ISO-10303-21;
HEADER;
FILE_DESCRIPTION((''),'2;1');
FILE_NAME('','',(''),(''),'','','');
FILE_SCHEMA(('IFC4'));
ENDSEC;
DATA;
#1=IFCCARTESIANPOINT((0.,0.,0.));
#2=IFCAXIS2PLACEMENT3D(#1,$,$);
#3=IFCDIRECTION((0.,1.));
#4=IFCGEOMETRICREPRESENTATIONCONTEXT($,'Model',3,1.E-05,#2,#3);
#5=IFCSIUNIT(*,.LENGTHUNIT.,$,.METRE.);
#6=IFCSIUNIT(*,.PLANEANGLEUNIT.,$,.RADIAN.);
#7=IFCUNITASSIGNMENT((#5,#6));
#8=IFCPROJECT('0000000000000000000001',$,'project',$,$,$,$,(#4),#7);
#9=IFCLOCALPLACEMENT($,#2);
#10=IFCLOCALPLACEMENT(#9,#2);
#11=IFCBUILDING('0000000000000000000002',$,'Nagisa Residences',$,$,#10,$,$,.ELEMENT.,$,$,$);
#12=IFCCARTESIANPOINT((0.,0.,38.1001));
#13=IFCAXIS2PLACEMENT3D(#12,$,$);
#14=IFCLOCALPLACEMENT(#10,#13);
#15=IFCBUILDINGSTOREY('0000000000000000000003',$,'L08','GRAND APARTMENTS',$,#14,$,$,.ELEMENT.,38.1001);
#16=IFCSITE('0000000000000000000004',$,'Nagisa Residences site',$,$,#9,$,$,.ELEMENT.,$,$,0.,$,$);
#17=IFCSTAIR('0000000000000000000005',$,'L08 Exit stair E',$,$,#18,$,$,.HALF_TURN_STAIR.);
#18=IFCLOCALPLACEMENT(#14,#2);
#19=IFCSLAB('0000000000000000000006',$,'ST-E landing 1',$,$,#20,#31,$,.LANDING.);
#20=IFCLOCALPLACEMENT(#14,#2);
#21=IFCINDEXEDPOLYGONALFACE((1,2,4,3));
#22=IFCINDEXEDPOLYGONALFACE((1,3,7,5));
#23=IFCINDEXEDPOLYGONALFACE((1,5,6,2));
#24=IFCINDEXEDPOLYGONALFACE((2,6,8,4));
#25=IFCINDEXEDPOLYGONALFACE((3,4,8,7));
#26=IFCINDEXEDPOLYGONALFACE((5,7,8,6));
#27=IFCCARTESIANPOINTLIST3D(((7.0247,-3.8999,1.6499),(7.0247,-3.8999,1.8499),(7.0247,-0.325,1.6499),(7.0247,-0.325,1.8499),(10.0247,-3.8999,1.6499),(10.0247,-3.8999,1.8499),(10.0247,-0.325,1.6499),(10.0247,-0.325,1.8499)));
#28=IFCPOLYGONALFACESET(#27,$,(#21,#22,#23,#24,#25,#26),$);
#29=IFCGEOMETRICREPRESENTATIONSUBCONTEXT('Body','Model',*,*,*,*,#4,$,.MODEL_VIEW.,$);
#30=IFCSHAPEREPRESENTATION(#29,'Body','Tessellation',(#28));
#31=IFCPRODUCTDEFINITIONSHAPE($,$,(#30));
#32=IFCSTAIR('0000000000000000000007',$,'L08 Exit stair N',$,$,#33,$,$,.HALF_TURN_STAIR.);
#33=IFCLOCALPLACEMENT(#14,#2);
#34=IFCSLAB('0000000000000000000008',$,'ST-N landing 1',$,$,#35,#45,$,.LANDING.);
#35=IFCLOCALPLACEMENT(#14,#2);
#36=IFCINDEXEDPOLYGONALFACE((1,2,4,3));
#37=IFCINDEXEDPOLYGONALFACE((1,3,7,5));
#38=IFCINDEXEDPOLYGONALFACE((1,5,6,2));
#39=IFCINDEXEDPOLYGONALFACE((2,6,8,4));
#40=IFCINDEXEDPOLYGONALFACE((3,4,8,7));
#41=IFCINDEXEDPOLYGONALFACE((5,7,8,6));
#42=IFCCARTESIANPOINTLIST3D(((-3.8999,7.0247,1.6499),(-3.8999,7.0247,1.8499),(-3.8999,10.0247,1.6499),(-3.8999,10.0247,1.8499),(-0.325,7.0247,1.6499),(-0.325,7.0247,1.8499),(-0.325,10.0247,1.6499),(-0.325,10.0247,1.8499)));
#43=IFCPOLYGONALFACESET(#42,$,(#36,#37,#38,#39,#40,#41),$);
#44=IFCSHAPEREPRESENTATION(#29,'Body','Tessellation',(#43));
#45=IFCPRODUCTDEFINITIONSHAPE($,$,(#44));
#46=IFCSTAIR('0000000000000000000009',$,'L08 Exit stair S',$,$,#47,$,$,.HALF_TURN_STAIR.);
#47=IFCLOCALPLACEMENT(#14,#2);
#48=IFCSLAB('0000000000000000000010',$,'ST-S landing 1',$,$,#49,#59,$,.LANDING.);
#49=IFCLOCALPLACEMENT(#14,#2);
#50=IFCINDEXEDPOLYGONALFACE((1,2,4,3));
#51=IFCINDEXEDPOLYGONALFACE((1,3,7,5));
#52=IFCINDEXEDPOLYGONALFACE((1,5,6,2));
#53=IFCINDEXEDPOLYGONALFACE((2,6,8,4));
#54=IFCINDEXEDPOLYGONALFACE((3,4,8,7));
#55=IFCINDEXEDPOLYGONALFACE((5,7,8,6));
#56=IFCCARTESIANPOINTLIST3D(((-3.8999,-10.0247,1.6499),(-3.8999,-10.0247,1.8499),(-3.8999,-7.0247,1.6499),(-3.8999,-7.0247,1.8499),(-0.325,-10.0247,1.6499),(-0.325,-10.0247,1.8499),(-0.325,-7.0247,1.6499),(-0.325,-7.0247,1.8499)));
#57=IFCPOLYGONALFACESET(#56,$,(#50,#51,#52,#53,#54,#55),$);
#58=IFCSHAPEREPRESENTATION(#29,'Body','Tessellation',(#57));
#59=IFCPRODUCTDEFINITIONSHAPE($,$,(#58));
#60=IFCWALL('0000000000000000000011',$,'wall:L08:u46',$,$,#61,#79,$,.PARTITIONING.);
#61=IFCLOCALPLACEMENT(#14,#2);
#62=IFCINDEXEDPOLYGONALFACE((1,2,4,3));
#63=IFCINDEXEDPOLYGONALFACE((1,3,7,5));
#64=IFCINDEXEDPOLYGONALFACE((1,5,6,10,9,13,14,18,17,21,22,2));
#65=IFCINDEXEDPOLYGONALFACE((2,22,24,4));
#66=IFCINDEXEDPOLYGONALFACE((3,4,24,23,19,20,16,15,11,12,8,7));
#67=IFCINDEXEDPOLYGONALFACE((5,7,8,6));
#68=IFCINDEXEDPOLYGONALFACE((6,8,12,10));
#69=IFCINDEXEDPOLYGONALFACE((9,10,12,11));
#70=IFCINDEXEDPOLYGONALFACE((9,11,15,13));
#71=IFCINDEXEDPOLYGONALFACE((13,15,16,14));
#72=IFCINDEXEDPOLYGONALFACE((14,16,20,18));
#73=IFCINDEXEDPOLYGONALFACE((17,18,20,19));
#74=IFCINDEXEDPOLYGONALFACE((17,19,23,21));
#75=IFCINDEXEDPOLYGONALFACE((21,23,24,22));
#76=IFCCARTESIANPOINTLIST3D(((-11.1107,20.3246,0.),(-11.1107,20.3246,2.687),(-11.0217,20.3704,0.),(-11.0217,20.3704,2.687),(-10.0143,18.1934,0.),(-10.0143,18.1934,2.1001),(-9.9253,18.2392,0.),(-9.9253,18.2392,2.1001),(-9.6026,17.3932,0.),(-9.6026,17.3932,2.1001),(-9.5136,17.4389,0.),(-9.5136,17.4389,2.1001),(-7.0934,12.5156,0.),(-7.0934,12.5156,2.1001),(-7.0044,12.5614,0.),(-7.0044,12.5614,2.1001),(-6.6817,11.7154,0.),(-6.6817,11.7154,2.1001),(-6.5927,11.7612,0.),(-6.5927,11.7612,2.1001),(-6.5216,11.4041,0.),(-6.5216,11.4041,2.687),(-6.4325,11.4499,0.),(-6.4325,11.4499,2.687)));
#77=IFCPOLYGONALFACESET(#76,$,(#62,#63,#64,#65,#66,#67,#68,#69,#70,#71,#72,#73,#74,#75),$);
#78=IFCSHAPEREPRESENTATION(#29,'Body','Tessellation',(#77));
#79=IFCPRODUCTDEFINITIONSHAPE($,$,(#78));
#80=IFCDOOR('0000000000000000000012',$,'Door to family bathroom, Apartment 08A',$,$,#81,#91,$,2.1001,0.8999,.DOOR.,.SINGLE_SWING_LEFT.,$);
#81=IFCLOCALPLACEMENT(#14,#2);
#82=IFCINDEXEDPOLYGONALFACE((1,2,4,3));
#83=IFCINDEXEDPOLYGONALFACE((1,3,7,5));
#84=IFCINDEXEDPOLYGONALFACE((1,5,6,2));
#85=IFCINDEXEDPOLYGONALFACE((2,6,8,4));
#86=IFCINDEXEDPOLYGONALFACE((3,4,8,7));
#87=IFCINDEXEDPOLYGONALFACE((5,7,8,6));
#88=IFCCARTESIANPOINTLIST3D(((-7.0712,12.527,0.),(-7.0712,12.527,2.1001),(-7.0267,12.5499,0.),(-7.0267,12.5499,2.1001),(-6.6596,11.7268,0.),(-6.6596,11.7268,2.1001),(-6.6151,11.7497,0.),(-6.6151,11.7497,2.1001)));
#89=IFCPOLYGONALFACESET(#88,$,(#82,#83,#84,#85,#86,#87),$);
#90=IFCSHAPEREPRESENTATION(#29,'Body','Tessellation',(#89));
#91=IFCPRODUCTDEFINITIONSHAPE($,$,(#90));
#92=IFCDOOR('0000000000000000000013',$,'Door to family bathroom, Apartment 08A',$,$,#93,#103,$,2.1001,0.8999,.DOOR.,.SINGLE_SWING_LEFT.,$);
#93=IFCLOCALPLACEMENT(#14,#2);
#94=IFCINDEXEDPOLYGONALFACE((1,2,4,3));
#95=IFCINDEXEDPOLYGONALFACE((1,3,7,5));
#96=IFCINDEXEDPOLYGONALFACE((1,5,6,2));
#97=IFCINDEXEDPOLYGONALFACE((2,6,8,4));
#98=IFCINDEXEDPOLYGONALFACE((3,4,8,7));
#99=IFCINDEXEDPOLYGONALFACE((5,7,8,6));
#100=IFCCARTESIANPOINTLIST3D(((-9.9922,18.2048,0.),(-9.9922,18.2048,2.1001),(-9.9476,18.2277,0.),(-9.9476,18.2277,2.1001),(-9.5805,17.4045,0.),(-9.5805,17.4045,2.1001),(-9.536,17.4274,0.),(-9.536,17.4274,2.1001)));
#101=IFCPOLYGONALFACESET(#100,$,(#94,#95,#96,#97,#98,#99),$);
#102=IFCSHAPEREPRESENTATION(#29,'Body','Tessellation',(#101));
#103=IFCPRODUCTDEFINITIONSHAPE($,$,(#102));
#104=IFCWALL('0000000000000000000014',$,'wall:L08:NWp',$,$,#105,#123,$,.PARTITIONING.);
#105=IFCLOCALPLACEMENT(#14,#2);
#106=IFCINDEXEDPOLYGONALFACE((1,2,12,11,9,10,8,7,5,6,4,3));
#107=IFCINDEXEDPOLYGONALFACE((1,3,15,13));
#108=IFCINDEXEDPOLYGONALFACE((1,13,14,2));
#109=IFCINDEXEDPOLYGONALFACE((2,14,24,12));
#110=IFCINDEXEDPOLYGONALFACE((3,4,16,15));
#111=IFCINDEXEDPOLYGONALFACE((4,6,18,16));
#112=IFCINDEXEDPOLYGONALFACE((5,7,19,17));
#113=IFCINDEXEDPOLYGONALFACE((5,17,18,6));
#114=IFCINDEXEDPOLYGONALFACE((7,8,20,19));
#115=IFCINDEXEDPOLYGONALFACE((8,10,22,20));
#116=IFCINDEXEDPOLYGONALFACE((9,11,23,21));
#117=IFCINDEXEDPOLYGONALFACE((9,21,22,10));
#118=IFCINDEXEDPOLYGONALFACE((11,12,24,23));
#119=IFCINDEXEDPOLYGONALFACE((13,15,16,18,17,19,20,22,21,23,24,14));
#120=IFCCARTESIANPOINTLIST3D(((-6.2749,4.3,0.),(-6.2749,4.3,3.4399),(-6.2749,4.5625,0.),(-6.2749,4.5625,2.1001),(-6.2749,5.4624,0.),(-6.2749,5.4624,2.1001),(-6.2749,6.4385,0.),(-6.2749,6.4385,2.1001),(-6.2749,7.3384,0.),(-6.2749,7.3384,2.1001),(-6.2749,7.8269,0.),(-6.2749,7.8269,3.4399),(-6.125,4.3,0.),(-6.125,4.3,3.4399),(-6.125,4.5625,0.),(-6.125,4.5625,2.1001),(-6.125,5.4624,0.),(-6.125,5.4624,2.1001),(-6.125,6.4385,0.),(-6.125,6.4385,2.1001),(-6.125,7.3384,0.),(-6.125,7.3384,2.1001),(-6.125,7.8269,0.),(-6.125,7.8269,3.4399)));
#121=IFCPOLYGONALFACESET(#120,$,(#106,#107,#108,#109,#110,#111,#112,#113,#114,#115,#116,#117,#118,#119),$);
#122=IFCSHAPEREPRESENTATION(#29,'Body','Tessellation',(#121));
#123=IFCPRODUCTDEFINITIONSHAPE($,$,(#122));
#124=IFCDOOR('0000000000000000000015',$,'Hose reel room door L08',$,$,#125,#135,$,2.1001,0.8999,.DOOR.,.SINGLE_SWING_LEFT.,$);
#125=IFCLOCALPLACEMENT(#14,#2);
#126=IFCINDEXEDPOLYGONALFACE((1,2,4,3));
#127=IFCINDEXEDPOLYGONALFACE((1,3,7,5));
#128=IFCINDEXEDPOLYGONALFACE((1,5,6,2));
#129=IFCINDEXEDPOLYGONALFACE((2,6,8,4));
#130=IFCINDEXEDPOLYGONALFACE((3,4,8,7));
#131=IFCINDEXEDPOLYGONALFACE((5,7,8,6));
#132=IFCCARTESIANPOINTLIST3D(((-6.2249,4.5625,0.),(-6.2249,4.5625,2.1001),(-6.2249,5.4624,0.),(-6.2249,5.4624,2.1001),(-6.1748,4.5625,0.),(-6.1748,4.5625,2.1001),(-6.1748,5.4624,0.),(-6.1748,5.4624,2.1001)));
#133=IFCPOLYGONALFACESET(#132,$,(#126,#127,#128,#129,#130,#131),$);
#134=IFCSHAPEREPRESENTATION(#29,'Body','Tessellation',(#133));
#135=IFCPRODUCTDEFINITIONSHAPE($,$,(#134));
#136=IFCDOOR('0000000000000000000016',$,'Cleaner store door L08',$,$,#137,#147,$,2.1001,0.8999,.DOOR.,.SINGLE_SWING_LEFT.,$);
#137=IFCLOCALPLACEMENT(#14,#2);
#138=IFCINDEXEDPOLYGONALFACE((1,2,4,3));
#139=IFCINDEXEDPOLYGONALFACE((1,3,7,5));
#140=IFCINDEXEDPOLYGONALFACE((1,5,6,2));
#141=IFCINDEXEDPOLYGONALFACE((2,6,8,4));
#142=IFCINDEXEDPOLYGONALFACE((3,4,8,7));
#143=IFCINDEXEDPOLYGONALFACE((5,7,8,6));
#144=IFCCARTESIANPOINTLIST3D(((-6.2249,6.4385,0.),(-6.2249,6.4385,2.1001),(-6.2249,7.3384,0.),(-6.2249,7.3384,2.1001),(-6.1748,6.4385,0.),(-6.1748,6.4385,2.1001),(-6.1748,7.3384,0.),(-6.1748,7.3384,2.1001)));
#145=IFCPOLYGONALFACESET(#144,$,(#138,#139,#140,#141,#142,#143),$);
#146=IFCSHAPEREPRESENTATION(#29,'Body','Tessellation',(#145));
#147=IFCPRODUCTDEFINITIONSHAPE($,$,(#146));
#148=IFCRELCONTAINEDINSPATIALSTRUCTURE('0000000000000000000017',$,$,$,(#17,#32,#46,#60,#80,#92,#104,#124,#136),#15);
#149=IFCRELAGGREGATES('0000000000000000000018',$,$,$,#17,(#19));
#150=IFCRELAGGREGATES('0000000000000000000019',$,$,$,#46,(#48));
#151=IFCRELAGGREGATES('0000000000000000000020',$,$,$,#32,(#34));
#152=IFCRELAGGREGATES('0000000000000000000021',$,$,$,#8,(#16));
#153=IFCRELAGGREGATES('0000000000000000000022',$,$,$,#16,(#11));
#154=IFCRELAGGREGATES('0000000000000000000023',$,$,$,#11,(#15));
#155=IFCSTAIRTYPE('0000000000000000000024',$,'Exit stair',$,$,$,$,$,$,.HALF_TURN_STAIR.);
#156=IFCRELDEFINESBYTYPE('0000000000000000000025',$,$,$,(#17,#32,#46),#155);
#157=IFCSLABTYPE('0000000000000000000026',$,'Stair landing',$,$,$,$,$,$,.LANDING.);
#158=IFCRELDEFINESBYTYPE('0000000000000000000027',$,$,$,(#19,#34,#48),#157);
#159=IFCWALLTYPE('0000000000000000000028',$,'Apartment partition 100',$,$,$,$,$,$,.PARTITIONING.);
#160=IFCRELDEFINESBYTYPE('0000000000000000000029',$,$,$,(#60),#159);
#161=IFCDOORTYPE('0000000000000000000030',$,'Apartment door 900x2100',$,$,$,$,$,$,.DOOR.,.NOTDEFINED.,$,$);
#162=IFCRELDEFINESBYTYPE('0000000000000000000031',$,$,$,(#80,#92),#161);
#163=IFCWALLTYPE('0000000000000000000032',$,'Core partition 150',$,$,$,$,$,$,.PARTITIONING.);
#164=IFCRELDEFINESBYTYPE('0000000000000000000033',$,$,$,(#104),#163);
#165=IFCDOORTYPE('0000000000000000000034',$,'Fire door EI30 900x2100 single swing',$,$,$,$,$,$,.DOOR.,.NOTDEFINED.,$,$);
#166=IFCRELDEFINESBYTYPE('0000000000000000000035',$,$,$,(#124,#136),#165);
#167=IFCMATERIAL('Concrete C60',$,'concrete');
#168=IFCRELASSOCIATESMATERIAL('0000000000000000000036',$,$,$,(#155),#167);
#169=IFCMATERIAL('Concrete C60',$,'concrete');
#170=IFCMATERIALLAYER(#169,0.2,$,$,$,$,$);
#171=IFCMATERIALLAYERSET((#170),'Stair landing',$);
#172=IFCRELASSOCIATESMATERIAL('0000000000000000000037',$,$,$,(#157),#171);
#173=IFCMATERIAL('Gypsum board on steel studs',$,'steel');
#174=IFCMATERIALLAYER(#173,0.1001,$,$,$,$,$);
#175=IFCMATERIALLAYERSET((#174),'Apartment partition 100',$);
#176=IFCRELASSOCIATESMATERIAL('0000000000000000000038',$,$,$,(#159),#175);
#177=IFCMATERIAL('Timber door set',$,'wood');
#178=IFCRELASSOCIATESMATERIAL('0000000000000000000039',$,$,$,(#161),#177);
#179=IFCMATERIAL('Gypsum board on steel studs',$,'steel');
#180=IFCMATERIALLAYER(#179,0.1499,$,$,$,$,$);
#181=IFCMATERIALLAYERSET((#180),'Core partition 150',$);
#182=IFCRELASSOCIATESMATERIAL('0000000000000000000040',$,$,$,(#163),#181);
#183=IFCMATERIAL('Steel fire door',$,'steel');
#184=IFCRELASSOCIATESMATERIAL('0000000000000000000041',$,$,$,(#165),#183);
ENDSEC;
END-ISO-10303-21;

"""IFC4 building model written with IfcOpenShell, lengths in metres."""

from ifc_helpers import new_model, si_unit, direction, frame, frame_2d, origin, place, context, subcontext, project, spatial, polyline, rectangle, outline, extrude, material, layer, layer_set, type_object, element, fill, aggregate, save


model = new_model("IFC4")

# Units and contexts
model_context = context("Model", 3, precision=1e-05, world=origin(), true_north=direction((0.0, 1.0)))
body_context = subcontext(model_context, "Body", "Model", "MODEL_VIEW")
ifc_project = project(units=[si_unit("LENGTHUNIT", "METRE"), si_unit("PLANEANGLEUNIT", "RADIAN")], contexts=[model_context])

# Site, building, storey
site_placement = place(None, origin())
site = spatial("IfcSite", under=ifc_project, at=site_placement, Name="Nagisa Residences site", CompositionType="ELEMENT", RefElevation=0.0)
building_placement = place(site_placement, origin())
building = spatial("IfcBuilding", under=site, at=building_placement, Name="Nagisa Residences", CompositionType="ELEMENT")
storey_placement = place(building_placement, frame((0.0, 0.0, 38.1001)))
storey = spatial("IfcBuildingStorey", under=building, at=storey_placement, Name="L08", Description="GRAND APARTMENTS", CompositionType="ELEMENT", Elevation=38.1001)

# Stairs, slabs
ifc_material_1 = material(Name="Concrete C60", Category="concrete")
stair_type = type_object("IfcStairType", Name="Exit stair", PredefinedType="HALF_TURN_STAIR", material=ifc_material_1)
stair_1_placement = place(storey_placement, origin())
stair_1 = element("IfcStair", 1, at=stair_1_placement, inside=storey, type_object=stair_type, Name="L08 Exit stair E", PredefinedType="HALF_TURN_STAIR")
ifc_material_2 = material(Name="Concrete C60", Category="concrete")
ifc_layer_1 = layer(ifc_material_2, 0.2)
ifc_layer_set_1 = layer_set([ifc_layer_1], Name="Stair landing")
slab_type = type_object("IfcSlabType", Name="Stair landing", PredefinedType="LANDING", material=ifc_layer_set_1)
slab_1_placement = place(storey_placement, frame((0.0, 0.0, 1.6499)))
slab_1 = element("IfcSlab", 2, at=slab_1_placement, type_object=slab_type, Name="ST-E landing 1", PredefinedType="LANDING", context=body_context, shape_type="SweptSolid", body=[
    extrude(outline(polyline([(7.0247, -0.325), (7.0247, -3.8999), (10.0247, -3.8999), (10.0247, -0.325), (7.0247, -0.325)])), origin(), (0.0, 0.0, 1.0), 0.2),
])
aggregate(stair_1, [slab_1])
stair_2_placement = place(storey_placement, origin())
stair_2 = element("IfcStair", 3, at=stair_2_placement, inside=storey, type_object=stair_type, Name="L08 Exit stair N", PredefinedType="HALF_TURN_STAIR")
slab_2_placement = place(storey_placement, frame((0.0, 0.0, 1.6499)))
slab_2 = element("IfcSlab", 4, at=slab_2_placement, type_object=slab_type, Name="ST-N landing 1", PredefinedType="LANDING", context=body_context, shape_type="SweptSolid", body=[
    extrude(outline(polyline([(-0.325, 10.0247), (-3.8999, 10.0247), (-3.8999, 7.0247), (-0.325, 7.0247), (-0.325, 10.0247)])), origin(), (0.0, 0.0, 1.0), 0.2),
])
stair_3_placement = place(storey_placement, origin())
stair_3 = element("IfcStair", 5, at=stair_3_placement, inside=storey, type_object=stair_type, Name="L08 Exit stair S", PredefinedType="HALF_TURN_STAIR")
slab_3_placement = place(storey_placement, frame((0.0, 0.0, 1.6499)))
slab_3 = element("IfcSlab", 6, at=slab_3_placement, type_object=slab_type, Name="ST-S landing 1", PredefinedType="LANDING", context=body_context, shape_type="SweptSolid", body=[
    extrude(outline(polyline([(-0.325, -7.0247), (-3.8999, -7.0247), (-3.8999, -10.0247), (-0.325, -10.0247), (-0.325, -7.0247)])), origin(), (0.0, 0.0, 1.0), 0.2),
])
aggregate(stair_3, [slab_3])

# Walls, openings, doors
ifc_material_3 = material(Name="Gypsum board on steel studs", Category="steel")
ifc_layer_2 = layer(ifc_material_3, 0.1001)
ifc_layer_set_2 = layer_set([ifc_layer_2], Name="Apartment partition 100")
wall_type_1 = type_object("IfcWallType", Name="Apartment partition 100", PredefinedType="PARTITIONING", material=ifc_layer_set_2)
wall_1_placement = place(storey_placement, frame((-6.4771, 11.427, 0.0), z_axis=(0.0, 0.0, 1.0), x_axis=(-0.457464, 0.889228, 0.0)))
wall_1 = element("IfcWall", 7, at=wall_1_placement, inside=storey, type_object=wall_type_1, Name="wall:L08:u46", PredefinedType="PARTITIONING", context=body_context, shape_type="SweptSolid", body=[
    extrude(rectangle(XDim=10.0317, YDim=0.1001, at=frame_2d((5.0159, 0.0))), origin(), (0.0, 0.0, 1.0), 2.687),
])
opening_1_placement = place(wall_1_placement, frame((0.3501, 0.0, 0.0)))
opening_1 = element("IfcOpeningElement", 8, at=opening_1_placement, cuts=wall_1, PredefinedType="OPENING", context=body_context, shape_type="SweptSolid", body=[
    extrude(rectangle(XDim=0.8999, YDim=2.1001, at=frame_2d((0.45, 1.05))), frame((0.0, 0.0601, 0.0), z_axis=(0.0, -1.0, 0.0), x_axis=(1.0, 0.0, 0.0)), (0.0, 0.0, 1.0), 0.1201),
])
opening_2_placement = place(wall_1_placement, frame((6.7351, 0.0, 0.0)))
opening_2 = element("IfcOpeningElement", 9, at=opening_2_placement, cuts=wall_1, PredefinedType="OPENING", context=body_context, shape_type="SweptSolid", body=[
    extrude(rectangle(XDim=0.8999, YDim=2.1001, at=frame_2d((0.45, 1.05))), frame((0.0, 0.0601, 0.0), z_axis=(0.0, -1.0, 0.0), x_axis=(1.0, 0.0, 0.0)), (0.0, 0.0, 1.0), 0.1201),
])
ifc_material_4 = material(Name="Timber door set", Category="wood")
door_type_1 = type_object("IfcDoorType", Name="Apartment door 900x2100", OperationType="NOTDEFINED", PredefinedType="DOOR", material=ifc_material_4)
door_1_placement = place(opening_1_placement, frame((0.8999, 0.0, 0.0), x_axis=(-1.0, 0.0, 0.0)))
door_1 = element("IfcDoor", 10, at=door_1_placement, inside=storey, type_object=door_type_1, Name="Door to family bathroom, Apartment 08A", OperationType="SINGLE_SWING_LEFT", OverallHeight=2.1001, OverallWidth=0.8999, PredefinedType="DOOR", context=body_context, shape_type="SweptSolid", body=[
    extrude(rectangle(XDim=0.8999, YDim=2.1001, at=frame_2d((0.45, 1.05))), frame((0.0, 0.0249, 0.0), z_axis=(0.0, -1.0, 0.0), x_axis=(1.0, 0.0, 0.0)), (0.0, 0.0, 1.0), 0.05),
])
fill(opening_1, door_1)
door_2_placement = place(opening_2_placement, frame((0.8999, 0.0, 0.0), x_axis=(-1.0, 0.0, 0.0)))
door_2 = element("IfcDoor", 11, at=door_2_placement, inside=storey, type_object=door_type_1, Name="Door to family bathroom, Apartment 08A", OperationType="SINGLE_SWING_LEFT", OverallHeight=2.1001, OverallWidth=0.8999, PredefinedType="DOOR", context=body_context, shape_type="SweptSolid", body=[
    extrude(rectangle(XDim=0.8999, YDim=2.1001, at=frame_2d((0.45, 1.05))), frame((0.0, 0.0249, 0.0), z_axis=(0.0, -1.0, 0.0), x_axis=(1.0, 0.0, 0.0)), (0.0, 0.0, 1.0), 0.05),
])
fill(opening_2, door_2)
ifc_material_5 = material(Name="Gypsum board on steel studs", Category="steel")
ifc_layer_3 = layer(ifc_material_5, 0.1499)
ifc_layer_set_3 = layer_set([ifc_layer_3], Name="Core partition 150")
wall_type_2 = type_object("IfcWallType", Name="Core partition 150", PredefinedType="PARTITIONING", material=ifc_layer_set_3)
wall_2_placement = place(storey_placement, frame((-6.2, 4.3, 0.0), z_axis=(0.0, 0.0, 1.0), x_axis=(0.0, 1.0, 0.0)))
wall_2 = element("IfcWall", 12, at=wall_2_placement, inside=storey, type_object=wall_type_2, Name="wall:L08:NWp", PredefinedType="PARTITIONING", context=body_context, shape_type="SweptSolid", body=[
    extrude(rectangle(XDim=3.5269, YDim=0.1499, at=frame_2d((1.7634, 0.0))), origin(), (0.0, 0.0, 1.0), 3.4399),
])
opening_3_placement = place(wall_2_placement, frame((0.2625, 0.0, 0.0)))
opening_3 = element("IfcOpeningElement", 13, at=opening_3_placement, cuts=wall_2, PredefinedType="OPENING", context=body_context, shape_type="SweptSolid", body=[
    extrude(rectangle(XDim=0.8999, YDim=2.1001, at=frame_2d((0.45, 1.05))), frame((0.0, 0.085, 0.0), z_axis=(0.0, -1.0, 0.0), x_axis=(1.0, 0.0, 0.0)), (0.0, 0.0, 1.0), 0.1699),
])
opening_4_placement = place(wall_2_placement, frame((2.1384, 0.0, 0.0)))
opening_4 = element("IfcOpeningElement", 14, at=opening_4_placement, cuts=wall_2, PredefinedType="OPENING", context=body_context, shape_type="SweptSolid", body=[
    extrude(rectangle(XDim=0.8999, YDim=2.1001, at=frame_2d((0.45, 1.05))), frame((0.0, 0.085, 0.0), z_axis=(0.0, -1.0, 0.0), x_axis=(1.0, 0.0, 0.0)), (0.0, 0.0, 1.0), 0.1699),
])
ifc_material_6 = material(Name="Steel fire door", Category="steel")
door_type_2 = type_object("IfcDoorType", Name="Fire door EI30 900x2100 single swing", OperationType="NOTDEFINED", PredefinedType="DOOR", material=ifc_material_6)
door_3_placement = place(opening_3_placement, origin())
door_3 = element("IfcDoor", 15, at=door_3_placement, inside=storey, type_object=door_type_2, Name="Hose reel room door L08", OperationType="SINGLE_SWING_LEFT", OverallHeight=2.1001, OverallWidth=0.8999, PredefinedType="DOOR", context=body_context, shape_type="SweptSolid", body=[
    extrude(rectangle(XDim=0.8999, YDim=2.1001, at=frame_2d((0.45, 1.05))), frame((0.0, 0.0249, 0.0), z_axis=(0.0, -1.0, 0.0), x_axis=(1.0, 0.0, 0.0)), (0.0, 0.0, 1.0), 0.05),
])
fill(opening_3, door_3)
door_4_placement = place(opening_4_placement, origin())
door_4 = element("IfcDoor", 16, at=door_4_placement, inside=storey, type_object=door_type_2, Name="Cleaner store door L08", OperationType="SINGLE_SWING_LEFT", OverallHeight=2.1001, OverallWidth=0.8999, PredefinedType="DOOR", context=body_context, shape_type="SweptSolid", body=[
    extrude(rectangle(XDim=0.8999, YDim=2.1001, at=frame_2d((0.45, 1.05))), frame((0.0, 0.0249, 0.0), z_axis=(0.0, -1.0, 0.0), x_axis=(1.0, 0.0, 0.0)), (0.0, 0.0, 1.0), 0.05),
])
fill(opening_4, door_4)

aggregate(stair_2, [slab_2])

save(model, "model.ifc")
